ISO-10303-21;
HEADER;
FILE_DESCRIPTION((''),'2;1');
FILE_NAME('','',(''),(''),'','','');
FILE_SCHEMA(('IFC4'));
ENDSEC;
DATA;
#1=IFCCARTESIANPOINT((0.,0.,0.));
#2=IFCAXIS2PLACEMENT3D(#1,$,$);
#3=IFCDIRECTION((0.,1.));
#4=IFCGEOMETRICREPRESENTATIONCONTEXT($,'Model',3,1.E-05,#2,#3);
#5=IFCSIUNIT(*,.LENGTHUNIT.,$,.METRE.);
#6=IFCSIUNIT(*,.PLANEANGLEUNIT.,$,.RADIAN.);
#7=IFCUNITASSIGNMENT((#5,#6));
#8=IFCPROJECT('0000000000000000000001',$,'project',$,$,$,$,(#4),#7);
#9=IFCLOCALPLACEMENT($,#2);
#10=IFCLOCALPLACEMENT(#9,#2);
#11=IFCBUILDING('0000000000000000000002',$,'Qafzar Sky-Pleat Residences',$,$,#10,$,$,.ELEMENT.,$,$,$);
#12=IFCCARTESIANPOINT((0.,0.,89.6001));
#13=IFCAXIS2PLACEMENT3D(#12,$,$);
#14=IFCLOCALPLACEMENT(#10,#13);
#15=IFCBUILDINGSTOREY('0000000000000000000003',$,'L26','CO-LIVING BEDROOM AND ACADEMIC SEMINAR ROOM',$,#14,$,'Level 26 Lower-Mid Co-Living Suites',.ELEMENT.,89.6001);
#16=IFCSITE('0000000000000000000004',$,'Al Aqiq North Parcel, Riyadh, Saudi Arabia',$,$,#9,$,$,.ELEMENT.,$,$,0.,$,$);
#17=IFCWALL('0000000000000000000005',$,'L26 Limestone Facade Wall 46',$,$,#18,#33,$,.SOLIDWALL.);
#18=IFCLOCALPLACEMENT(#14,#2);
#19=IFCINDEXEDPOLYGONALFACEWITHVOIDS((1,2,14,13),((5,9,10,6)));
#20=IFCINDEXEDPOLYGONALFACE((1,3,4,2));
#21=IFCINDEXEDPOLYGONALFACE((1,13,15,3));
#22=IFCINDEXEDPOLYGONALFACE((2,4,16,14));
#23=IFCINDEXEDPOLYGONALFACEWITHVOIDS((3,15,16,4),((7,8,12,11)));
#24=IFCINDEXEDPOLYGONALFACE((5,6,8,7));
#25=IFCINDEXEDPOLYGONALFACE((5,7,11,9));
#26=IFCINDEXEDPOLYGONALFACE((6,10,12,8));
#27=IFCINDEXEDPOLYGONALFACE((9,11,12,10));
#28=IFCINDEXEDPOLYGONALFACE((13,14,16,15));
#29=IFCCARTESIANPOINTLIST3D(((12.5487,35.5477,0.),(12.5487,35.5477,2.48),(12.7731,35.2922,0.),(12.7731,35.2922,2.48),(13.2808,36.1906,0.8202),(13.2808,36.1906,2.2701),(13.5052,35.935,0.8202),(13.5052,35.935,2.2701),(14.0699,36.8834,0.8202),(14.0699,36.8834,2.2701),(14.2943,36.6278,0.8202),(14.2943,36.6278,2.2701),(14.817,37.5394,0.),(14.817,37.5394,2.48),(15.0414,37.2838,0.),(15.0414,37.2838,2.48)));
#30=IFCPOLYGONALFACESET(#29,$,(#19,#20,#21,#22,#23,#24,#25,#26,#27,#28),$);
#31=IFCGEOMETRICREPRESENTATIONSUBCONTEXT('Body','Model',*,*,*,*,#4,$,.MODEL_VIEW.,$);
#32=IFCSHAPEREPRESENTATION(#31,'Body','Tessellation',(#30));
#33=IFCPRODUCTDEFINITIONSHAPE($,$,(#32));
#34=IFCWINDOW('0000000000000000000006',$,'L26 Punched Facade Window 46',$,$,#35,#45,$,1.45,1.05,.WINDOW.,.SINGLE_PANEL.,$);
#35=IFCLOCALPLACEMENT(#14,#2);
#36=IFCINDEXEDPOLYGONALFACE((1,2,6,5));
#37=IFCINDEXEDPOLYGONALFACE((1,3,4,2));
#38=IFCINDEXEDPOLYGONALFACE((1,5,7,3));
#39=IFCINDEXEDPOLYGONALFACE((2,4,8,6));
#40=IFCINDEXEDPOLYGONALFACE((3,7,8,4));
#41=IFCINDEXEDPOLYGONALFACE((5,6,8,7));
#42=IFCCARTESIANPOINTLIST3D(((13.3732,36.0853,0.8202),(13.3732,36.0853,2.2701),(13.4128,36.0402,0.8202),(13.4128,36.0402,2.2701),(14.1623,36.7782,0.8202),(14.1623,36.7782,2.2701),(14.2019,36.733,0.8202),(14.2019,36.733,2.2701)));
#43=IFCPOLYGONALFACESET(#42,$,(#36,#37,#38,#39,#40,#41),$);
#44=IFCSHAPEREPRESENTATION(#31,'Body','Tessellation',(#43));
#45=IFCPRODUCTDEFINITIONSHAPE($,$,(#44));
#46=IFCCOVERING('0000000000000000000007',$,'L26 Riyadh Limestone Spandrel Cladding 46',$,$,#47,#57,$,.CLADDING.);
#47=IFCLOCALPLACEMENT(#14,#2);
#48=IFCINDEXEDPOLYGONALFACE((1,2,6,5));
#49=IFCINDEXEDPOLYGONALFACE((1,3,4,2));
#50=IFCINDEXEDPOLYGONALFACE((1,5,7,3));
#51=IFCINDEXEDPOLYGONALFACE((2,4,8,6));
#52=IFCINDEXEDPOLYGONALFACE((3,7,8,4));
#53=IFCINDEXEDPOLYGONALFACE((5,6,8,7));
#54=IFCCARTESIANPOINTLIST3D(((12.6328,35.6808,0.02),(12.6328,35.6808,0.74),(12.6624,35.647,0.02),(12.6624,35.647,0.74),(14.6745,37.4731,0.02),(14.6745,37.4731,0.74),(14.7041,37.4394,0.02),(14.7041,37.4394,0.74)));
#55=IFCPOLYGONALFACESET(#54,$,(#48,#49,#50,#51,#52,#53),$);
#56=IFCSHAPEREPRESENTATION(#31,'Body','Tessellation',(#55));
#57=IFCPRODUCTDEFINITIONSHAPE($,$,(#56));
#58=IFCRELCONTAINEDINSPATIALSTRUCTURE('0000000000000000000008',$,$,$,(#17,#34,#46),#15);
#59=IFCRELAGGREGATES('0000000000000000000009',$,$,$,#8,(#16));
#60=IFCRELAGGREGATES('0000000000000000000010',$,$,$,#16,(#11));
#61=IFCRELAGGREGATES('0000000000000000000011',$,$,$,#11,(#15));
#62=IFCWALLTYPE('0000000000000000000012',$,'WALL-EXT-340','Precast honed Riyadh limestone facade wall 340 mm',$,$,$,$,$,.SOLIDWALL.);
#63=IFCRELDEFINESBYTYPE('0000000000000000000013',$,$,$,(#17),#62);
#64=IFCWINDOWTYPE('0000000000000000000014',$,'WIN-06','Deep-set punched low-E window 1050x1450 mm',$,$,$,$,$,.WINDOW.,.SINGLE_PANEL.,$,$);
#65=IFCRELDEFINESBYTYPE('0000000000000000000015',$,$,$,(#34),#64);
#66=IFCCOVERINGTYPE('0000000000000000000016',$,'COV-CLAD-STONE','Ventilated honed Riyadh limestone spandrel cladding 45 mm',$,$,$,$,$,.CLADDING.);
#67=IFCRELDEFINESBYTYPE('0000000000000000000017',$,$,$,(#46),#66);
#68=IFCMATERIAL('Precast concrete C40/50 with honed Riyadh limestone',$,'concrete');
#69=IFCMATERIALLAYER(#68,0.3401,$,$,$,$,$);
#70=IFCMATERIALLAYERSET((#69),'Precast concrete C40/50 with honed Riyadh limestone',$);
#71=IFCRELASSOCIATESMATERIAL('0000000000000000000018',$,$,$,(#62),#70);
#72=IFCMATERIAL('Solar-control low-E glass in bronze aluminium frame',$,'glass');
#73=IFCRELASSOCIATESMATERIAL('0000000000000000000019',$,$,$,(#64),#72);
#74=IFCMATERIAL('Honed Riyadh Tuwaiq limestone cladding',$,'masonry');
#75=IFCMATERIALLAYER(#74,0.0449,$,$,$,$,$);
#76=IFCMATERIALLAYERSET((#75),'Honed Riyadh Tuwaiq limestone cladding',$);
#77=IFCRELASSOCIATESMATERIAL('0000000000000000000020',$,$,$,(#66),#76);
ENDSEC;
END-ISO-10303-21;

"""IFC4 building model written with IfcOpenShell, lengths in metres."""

from ifc_helpers import new_model, si_unit, direction, frame, frame_2d, origin, origin_2d, place, context, subcontext, project, spatial, rectangle, extrude, source, transform, mapped, material, layer, layer_set, type_object, element, fill, save


model = new_model("IFC4")

# Units and contexts
model_context = context("Model", 3, precision=1e-05, world=origin(), true_north=direction((0.0, 1.0)))
body_context = subcontext(model_context, "Body", "Model", "MODEL_VIEW")
ifc_project = project(units=[si_unit("LENGTHUNIT", "METRE"), si_unit("PLANEANGLEUNIT", "RADIAN")], contexts=[model_context])

# Site, building, storey
site_placement = place(None, origin())
site = spatial("IfcSite", under=ifc_project, at=site_placement, Name="Al Aqiq North Parcel, Riyadh, Saudi Arabia", CompositionType="ELEMENT", RefElevation=0.0)
building_placement = place(site_placement, origin())
building = spatial("IfcBuilding", under=site, at=building_placement, Name="Qafzar Sky-Pleat Residences", CompositionType="ELEMENT")
storey_placement = place(building_placement, frame((0.0, 0.0, 89.6001)))
storey = spatial("IfcBuildingStorey", under=building, at=storey_placement, Name="L26", Description="CO-LIVING BEDROOM AND ACADEMIC SEMINAR ROOM", LongName="Level 26 Lower-Mid Co-Living Suites", CompositionType="ELEMENT", Elevation=89.6001)

# Wall, opening, window
ifc_material_1 = material(Name="Precast concrete C40/50 with honed Riyadh limestone", Category="concrete")
ifc_layer_1 = layer(ifc_material_1, 0.3401)
ifc_layer_set_1 = layer_set([ifc_layer_1], Name="Precast concrete C40/50 with honed Riyadh limestone")
wall_type_1 = type_object("IfcWallType", Name="WALL-EXT-340", Description="Precast honed Riyadh limestone facade wall 340 mm", PredefinedType="SOLIDWALL", material=ifc_layer_set_1)
ifc_material_2 = material(Name="Solar-control low-E glass in bronze aluminium frame", Category="glass")
window_type_1 = type_object("IfcWindowType", Name="WIN-06", Description="Deep-set punched low-E window 1050x1450 mm", PartitioningType="SINGLE_PANEL", PredefinedType="WINDOW", material=ifc_material_2)
shared_shape_1 = source(origin(), body_context, "Body", "SweptSolid", [
    extrude(rectangle(XDim=1.05, YDim=1.45, at=frame_2d((0.5249, 0.7251))), frame((0.0, 0.03, 0.0), z_axis=(0.0, -1.0, 0.0), x_axis=(1.0, 0.0, 0.0)), (0.0, 0.0, 1.0), 0.0601),
])
wall_1_placement = place(storey_placement, frame((14.9292, 37.4116, 0.0), z_axis=(0.0, 0.0, 1.0), x_axis=(-0.751438, -0.659803, 0.0)))
wall_1 = element("IfcWall", 1, at=wall_1_placement, inside=storey, type_object=wall_type_1, Name="L26 Limestone Facade Wall 46", PredefinedType="SOLIDWALL", context=body_context, shape_type="SweptSolid", body=[
    extrude(rectangle(XDim=3.0186, YDim=0.3401, at=frame_2d((1.5093, 0.0))), origin(), (0.0, 0.0, 1.0), 2.48),
])
opening_1_placement = place(wall_1_placement, frame((0.9944, 0.0, 0.8201)))
opening_1 = element("IfcOpeningElement", 2, at=opening_1_placement, cuts=wall_1, PredefinedType="OPENING", context=body_context, shape_type="SweptSolid", body=[
    extrude(rectangle(XDim=1.05, YDim=1.45, at=frame_2d((0.5249, 0.7251))), frame((0.0, 0.1802, 0.0), z_axis=(0.0, -1.0, 0.0), x_axis=(1.0, 0.0, 0.0)), (0.0, 0.0, 1.0), 0.3601),
])
window_1_placement = place(opening_1_placement, origin())
window_1 = element("IfcWindow", 3, at=window_1_placement, inside=storey, type_object=window_type_1, Name="L26 Punched Facade Window 46", OverallHeight=1.45, OverallWidth=1.05, PartitioningType="SINGLE_PANEL", PredefinedType="WINDOW", context=body_context, shape_type="MappedRepresentation", body=[
    mapped(shared_shape_1, transform((0.0, 0.0, 0.0), x_axis=(1.0, 0.0, 0.0), y_axis=(0.0, 1.0, 0.0), z_axis=(0.0, 0.0, 1.0), scale=1.0)),
])
fill(opening_1, window_1)

# Covering
ifc_material_3 = material(Name="Honed Riyadh Tuwaiq limestone cladding", Category="masonry")
ifc_layer_2 = layer(ifc_material_3, 0.0449)
ifc_layer_set_2 = layer_set([ifc_layer_2], Name="Honed Riyadh Tuwaiq limestone cladding")
covering_type = type_object("IfcCoveringType", Name="COV-CLAD-STONE", Description="Ventilated honed Riyadh limestone spandrel cladding 45 mm", PredefinedType="CLADDING", material=ifc_layer_set_2)
shared_shape_2 = source(origin(), body_context, "Body", "SweptSolid", [
    extrude(rectangle(XDim=2.7168, YDim=0.0449, at=origin_2d()), origin(), (0.0, 0.0, 1.0), 0.72),
])
covering_placement = place(storey_placement, frame((13.6685, 36.5601, 0.02), z_axis=(0.0, 0.0, 1.0), x_axis=(-0.751498, -0.659735, 0.0)))
element("IfcCovering", 4, at=covering_placement, inside=storey, type_object=covering_type, Name="L26 Riyadh Limestone Spandrel Cladding 46", PredefinedType="CLADDING", context=body_context, shape_type="MappedRepresentation", body=[
    mapped(shared_shape_2, transform((0.0, 0.0, 0.0), x_axis=(1.0, 0.0, 0.0), y_axis=(0.0, 1.0, 0.0), z_axis=(0.0, 0.0, 1.0), scale=1.0)),
])

save(model, "model.ifc")
